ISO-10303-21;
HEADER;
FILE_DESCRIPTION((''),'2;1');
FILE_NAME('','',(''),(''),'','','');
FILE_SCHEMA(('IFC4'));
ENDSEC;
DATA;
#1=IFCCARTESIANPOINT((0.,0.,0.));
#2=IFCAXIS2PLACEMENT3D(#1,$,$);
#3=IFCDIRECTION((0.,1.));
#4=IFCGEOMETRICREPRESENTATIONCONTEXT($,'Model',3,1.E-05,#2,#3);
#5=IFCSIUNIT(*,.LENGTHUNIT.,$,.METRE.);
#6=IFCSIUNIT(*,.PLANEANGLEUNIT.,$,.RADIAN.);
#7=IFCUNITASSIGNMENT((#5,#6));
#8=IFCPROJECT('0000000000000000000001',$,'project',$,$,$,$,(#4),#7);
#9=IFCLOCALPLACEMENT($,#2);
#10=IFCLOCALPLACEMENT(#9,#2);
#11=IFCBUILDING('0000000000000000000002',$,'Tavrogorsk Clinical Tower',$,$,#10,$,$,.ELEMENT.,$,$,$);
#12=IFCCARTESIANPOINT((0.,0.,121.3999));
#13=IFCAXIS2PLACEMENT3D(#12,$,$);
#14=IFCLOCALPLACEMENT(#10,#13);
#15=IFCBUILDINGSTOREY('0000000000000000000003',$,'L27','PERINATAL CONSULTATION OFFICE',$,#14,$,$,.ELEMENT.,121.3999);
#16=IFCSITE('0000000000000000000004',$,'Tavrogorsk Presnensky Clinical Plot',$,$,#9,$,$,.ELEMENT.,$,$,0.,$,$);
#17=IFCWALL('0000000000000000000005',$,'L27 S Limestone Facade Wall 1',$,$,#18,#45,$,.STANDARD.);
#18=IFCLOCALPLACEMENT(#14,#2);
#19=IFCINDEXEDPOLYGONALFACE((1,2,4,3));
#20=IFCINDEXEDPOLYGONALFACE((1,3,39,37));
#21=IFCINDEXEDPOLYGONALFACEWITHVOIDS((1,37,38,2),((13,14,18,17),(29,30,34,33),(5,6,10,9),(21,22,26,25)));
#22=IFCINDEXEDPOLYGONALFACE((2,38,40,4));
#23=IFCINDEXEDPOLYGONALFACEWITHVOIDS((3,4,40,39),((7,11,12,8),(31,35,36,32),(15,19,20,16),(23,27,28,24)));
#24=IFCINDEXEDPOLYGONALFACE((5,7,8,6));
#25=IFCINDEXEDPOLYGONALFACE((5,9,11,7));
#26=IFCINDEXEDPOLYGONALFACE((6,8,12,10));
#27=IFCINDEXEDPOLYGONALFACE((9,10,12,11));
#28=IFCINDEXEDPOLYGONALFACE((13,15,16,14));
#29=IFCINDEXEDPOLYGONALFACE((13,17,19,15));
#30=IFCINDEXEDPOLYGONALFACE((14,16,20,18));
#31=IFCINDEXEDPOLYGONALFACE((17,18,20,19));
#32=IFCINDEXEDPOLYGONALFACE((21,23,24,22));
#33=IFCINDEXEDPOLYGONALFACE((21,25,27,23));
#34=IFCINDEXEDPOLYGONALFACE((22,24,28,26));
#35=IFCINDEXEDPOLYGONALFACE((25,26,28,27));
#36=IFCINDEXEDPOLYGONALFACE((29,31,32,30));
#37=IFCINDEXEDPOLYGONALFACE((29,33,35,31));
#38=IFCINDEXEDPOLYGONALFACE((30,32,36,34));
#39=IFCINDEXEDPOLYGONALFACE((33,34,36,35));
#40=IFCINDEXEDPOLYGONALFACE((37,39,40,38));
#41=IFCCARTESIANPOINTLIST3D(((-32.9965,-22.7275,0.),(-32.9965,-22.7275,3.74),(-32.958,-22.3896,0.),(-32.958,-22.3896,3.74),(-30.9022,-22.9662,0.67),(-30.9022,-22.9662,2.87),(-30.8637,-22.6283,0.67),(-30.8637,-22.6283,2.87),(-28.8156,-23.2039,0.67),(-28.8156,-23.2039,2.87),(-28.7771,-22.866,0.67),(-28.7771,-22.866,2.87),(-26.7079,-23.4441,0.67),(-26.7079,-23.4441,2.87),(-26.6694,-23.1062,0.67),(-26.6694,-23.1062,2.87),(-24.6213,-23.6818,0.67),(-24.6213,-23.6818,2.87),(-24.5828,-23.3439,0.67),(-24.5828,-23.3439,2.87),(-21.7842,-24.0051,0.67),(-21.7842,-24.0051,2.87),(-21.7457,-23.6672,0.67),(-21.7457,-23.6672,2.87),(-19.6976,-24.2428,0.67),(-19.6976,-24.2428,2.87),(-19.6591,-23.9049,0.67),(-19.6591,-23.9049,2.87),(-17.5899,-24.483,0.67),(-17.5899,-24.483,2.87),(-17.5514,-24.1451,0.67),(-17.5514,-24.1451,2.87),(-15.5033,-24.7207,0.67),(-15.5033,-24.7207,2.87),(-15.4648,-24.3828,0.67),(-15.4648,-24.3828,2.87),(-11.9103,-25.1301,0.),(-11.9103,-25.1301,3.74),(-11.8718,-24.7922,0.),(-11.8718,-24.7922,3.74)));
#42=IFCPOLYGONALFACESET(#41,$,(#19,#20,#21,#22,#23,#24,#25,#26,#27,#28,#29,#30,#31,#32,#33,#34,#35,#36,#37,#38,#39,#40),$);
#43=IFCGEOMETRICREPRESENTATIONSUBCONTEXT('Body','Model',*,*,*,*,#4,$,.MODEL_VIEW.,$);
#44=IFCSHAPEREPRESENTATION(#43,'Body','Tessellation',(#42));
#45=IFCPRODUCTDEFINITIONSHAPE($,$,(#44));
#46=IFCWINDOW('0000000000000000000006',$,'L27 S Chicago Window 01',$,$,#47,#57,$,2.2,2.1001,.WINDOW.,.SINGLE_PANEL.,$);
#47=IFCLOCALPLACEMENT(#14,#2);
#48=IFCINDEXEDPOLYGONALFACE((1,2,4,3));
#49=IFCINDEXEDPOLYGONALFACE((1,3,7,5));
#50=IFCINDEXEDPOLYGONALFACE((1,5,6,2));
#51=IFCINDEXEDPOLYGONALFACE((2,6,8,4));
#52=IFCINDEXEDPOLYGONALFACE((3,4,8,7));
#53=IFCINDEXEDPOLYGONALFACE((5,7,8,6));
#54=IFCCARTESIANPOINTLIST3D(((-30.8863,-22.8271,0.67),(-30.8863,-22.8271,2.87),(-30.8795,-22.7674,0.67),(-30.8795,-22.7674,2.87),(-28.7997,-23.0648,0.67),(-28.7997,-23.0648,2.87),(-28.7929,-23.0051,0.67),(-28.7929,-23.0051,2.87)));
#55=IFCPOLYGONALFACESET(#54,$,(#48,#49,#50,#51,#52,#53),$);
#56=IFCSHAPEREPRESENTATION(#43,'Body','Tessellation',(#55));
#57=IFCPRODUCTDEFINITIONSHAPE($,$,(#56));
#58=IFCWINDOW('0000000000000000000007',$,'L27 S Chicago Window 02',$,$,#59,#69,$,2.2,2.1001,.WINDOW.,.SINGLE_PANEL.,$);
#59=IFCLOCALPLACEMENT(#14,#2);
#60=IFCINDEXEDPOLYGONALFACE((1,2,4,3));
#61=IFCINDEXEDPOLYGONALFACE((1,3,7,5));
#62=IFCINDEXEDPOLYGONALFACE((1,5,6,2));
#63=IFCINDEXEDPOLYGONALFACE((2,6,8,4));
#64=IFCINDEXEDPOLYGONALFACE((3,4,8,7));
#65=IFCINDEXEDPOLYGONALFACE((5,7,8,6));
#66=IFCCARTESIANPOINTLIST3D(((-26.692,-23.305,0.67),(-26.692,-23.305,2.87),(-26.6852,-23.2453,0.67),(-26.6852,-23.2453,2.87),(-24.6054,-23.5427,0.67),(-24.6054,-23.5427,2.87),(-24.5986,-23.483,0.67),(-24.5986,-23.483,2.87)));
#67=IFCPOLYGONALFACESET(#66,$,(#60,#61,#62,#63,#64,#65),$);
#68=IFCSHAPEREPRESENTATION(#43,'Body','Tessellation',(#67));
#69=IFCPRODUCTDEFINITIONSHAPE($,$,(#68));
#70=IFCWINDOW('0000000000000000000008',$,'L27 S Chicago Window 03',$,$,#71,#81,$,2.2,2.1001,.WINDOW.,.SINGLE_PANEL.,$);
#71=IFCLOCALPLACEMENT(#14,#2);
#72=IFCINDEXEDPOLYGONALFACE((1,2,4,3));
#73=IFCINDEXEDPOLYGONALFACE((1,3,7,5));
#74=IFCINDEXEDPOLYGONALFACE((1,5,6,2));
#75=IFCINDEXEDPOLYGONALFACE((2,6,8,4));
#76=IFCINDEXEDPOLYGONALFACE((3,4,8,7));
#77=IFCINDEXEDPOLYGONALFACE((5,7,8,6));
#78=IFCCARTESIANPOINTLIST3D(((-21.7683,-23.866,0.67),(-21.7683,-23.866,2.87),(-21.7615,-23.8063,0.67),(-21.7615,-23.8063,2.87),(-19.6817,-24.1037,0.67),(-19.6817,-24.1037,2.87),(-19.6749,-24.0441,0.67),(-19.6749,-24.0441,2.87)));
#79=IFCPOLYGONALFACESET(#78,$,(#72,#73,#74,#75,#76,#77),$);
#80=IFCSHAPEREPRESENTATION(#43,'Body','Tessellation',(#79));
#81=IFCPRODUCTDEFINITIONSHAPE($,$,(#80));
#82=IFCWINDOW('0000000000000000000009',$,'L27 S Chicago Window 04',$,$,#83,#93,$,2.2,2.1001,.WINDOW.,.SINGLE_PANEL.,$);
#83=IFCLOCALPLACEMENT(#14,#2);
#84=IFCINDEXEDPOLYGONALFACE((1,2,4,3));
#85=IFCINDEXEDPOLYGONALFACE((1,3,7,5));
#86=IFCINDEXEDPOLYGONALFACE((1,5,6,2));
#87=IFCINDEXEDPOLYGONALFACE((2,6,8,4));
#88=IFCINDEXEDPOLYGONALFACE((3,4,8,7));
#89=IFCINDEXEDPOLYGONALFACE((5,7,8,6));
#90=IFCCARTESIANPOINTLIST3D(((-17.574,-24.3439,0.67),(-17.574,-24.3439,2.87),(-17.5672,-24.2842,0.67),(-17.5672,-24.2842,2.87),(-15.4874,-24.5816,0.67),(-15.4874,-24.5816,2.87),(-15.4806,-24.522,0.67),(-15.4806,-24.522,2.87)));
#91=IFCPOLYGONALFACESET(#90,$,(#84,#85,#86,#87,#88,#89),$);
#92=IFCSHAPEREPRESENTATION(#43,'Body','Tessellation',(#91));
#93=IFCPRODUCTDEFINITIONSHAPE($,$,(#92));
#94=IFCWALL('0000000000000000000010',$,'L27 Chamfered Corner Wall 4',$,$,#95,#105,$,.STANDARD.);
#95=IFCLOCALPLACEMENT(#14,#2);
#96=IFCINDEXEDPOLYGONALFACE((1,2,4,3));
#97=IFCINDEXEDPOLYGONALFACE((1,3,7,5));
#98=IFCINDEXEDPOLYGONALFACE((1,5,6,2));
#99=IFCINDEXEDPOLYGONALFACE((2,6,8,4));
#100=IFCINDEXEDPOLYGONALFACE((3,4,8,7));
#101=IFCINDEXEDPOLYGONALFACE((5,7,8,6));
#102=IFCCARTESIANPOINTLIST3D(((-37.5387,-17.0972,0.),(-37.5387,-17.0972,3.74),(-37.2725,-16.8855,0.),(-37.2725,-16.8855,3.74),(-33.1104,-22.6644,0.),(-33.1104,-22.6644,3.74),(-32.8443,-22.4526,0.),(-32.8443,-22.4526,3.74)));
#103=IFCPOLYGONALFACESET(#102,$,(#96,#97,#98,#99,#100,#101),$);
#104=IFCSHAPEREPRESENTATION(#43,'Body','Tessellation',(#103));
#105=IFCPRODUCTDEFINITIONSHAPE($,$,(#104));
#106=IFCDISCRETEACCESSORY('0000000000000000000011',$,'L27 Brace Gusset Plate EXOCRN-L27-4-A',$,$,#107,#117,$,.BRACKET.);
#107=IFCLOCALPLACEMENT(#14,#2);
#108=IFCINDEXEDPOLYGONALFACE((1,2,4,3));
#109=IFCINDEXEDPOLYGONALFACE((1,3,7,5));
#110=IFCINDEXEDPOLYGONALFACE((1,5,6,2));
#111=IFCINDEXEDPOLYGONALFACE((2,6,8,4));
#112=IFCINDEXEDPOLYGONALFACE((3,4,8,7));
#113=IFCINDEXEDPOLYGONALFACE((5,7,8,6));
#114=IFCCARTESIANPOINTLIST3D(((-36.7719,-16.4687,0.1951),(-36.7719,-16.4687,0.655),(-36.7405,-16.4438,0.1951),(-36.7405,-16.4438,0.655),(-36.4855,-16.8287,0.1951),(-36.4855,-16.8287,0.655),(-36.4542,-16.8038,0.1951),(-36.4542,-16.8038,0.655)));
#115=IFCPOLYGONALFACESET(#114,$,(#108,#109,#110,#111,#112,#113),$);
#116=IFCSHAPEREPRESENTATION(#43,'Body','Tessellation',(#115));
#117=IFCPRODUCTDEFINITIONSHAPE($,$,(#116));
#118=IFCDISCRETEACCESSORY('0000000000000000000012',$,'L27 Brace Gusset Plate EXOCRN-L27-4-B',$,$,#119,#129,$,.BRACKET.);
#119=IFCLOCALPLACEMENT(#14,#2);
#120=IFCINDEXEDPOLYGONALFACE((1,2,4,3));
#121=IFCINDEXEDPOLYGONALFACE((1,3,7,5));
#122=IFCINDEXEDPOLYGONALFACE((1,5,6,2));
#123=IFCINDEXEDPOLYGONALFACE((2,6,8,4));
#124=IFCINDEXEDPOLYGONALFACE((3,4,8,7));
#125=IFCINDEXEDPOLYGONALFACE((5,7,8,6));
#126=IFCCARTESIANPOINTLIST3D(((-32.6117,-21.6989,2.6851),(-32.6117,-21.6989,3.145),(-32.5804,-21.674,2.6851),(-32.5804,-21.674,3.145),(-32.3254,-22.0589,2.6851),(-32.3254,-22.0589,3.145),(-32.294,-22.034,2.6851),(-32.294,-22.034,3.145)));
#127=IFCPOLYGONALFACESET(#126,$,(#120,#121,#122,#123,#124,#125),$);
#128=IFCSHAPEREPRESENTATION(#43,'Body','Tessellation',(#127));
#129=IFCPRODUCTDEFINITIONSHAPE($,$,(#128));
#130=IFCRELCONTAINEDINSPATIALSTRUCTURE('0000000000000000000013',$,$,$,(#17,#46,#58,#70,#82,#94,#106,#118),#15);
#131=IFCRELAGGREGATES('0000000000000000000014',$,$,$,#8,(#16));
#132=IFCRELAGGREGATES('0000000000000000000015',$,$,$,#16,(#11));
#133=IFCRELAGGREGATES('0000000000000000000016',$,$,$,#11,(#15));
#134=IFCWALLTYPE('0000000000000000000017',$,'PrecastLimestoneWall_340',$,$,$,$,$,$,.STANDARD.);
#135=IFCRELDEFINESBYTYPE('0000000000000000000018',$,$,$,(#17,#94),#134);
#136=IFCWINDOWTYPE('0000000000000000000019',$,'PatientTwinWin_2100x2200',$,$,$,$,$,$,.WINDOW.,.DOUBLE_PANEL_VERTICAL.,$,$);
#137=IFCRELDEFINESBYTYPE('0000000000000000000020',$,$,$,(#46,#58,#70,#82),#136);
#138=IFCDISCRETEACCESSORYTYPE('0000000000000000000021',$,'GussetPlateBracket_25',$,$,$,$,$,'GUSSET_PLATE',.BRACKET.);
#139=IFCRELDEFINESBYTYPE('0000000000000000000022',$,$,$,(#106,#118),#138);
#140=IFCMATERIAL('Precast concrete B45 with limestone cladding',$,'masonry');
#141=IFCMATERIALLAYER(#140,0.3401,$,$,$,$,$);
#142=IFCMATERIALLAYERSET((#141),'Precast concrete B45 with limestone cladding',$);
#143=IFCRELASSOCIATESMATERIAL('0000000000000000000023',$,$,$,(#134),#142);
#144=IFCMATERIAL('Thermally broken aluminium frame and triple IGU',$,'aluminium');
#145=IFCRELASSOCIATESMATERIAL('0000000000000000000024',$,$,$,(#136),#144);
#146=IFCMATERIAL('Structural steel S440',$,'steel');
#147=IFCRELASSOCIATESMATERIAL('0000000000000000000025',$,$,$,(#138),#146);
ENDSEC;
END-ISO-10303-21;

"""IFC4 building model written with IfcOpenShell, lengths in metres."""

from ifc_helpers import new_model, si_unit, direction, frame, frame_2d, origin, origin_2d, place, context, subcontext, project, spatial, rectangle, extrude, material, layer, layer_set, type_object, element, fill, save


model = new_model("IFC4")

# Units and contexts
model_context = context("Model", 3, precision=1e-05, world=origin(), true_north=direction((0.0, 1.0)))
body_context = subcontext(model_context, "Body", "Model", "MODEL_VIEW")
ifc_project = project(units=[si_unit("LENGTHUNIT", "METRE"), si_unit("PLANEANGLEUNIT", "RADIAN")], contexts=[model_context])

# Site, building, storey
site_placement = place(None, origin())
site = spatial("IfcSite", under=ifc_project, at=site_placement, Name="Tavrogorsk Presnensky Clinical Plot", CompositionType="ELEMENT", RefElevation=0.0)
building_placement = place(site_placement, origin())
building = spatial("IfcBuilding", under=site, at=building_placement, Name="Tavrogorsk Clinical Tower", CompositionType="ELEMENT")
storey_placement = place(building_placement, frame((0.0, 0.0, 121.3999)))
storey = spatial("IfcBuildingStorey", under=building, at=storey_placement, Name="L27", Description="PERINATAL CONSULTATION OFFICE", CompositionType="ELEMENT", Elevation=121.3999)

# Wall, openings, windows
ifc_material_1 = material(Name="Precast concrete B45 with limestone cladding", Category="masonry")
ifc_layer_1 = layer(ifc_material_1, 0.3401)
ifc_layer_set_1 = layer_set([ifc_layer_1], Name="Precast concrete B45 with limestone cladding")
wall_type_1 = type_object("IfcWallType", Name="PrecastLimestoneWall_340", PredefinedType="STANDARD", material=ifc_layer_set_1)
wall_1_placement = place(storey_placement, frame((-32.9773, -22.5586, 0.0), z_axis=(0.0, 0.0, 1.0), x_axis=(0.993571, -0.113209, 0.0)))
wall_1 = element("IfcWall", 1, at=wall_1_placement, inside=storey, type_object=wall_type_1, Name="L27 S Limestone Facade Wall 1", PredefinedType="STANDARD", context=body_context, shape_type="SweptSolid", body=[
    extrude(rectangle(XDim=21.2227, YDim=0.3401, at=frame_2d((10.6113, 0.0))), origin(), (0.0, 0.0, 1.0), 3.74),
])
opening_1_placement = place(wall_1_placement, frame((2.1079, 0.0, 0.6699)))
opening_1 = element("IfcOpeningElement", 2, at=opening_1_placement, cuts=wall_1, PredefinedType="OPENING", context=body_context, shape_type="SweptSolid", body=[
    extrude(rectangle(XDim=2.1001, YDim=2.2, at=frame_2d((1.05, 1.1001))), frame((0.0, 0.1799, 0.0), z_axis=(0.0, -1.0, 0.0), x_axis=(1.0, 0.0, 0.0)), (0.0, 0.0, 1.0), 0.3601),
])
opening_2_placement = place(wall_1_placement, frame((6.3293, 0.0, 0.6699)))
opening_2 = element("IfcOpeningElement", 3, at=opening_2_placement, cuts=wall_1, PredefinedType="OPENING", context=body_context, shape_type="SweptSolid", body=[
    extrude(rectangle(XDim=2.1001, YDim=2.2, at=frame_2d((1.05, 1.1001))), frame((0.0, 0.1799, 0.0), z_axis=(0.0, -1.0, 0.0), x_axis=(1.0, 0.0, 0.0)), (0.0, 0.0, 1.0), 0.3601),
])
opening_3_placement = place(wall_1_placement, frame((11.2849, 0.0, 0.6699)))
opening_3 = element("IfcOpeningElement", 4, at=opening_3_placement, cuts=wall_1, PredefinedType="OPENING", context=body_context, shape_type="SweptSolid", body=[
    extrude(rectangle(XDim=2.1001, YDim=2.2, at=frame_2d((1.05, 1.1001))), frame((0.0, 0.1799, 0.0), z_axis=(0.0, -1.0, 0.0), x_axis=(1.0, 0.0, 0.0)), (0.0, 0.0, 1.0), 0.3601),
])
opening_4_placement = place(wall_1_placement, frame((15.5063, 0.0, 0.6699)))
opening_4 = element("IfcOpeningElement", 5, at=opening_4_placement, cuts=wall_1, PredefinedType="OPENING", context=body_context, shape_type="SweptSolid", body=[
    extrude(rectangle(XDim=2.1001, YDim=2.2, at=frame_2d((1.05, 1.1001))), frame((0.0, 0.1799, 0.0), z_axis=(0.0, -1.0, 0.0), x_axis=(1.0, 0.0, 0.0)), (0.0, 0.0, 1.0), 0.3601),
])
ifc_material_2 = material(Name="Thermally broken aluminium frame and triple IGU", Category="aluminium")
window_type = type_object("IfcWindowType", Name="PatientTwinWin_2100x2200", PartitioningType="DOUBLE_PANEL_VERTICAL", PredefinedType="WINDOW", material=ifc_material_2)
window_1_placement = place(opening_1_placement, origin())
window_1 = element("IfcWindow", 6, at=window_1_placement, inside=storey, type_object=window_type, Name="L27 S Chicago Window 01", OverallHeight=2.2, OverallWidth=2.1001, PartitioningType="SINGLE_PANEL", PredefinedType="WINDOW", context=body_context, shape_type="SweptSolid", body=[
    extrude(rectangle(XDim=2.1001, YDim=2.2, at=frame_2d((1.05, 1.1001))), frame((0.0, 0.03, 0.0), z_axis=(0.0, -1.0, 0.0), x_axis=(1.0, 0.0, 0.0)), (0.0, 0.0, 1.0), 0.0601),
])
fill(opening_1, window_1)
window_2_placement = place(opening_2_placement, origin())
window_2 = element("IfcWindow", 7, at=window_2_placement, inside=storey, type_object=window_type, Name="L27 S Chicago Window 02", OverallHeight=2.2, OverallWidth=2.1001, PartitioningType="SINGLE_PANEL", PredefinedType="WINDOW", context=body_context, shape_type="SweptSolid", body=[
    extrude(rectangle(XDim=2.1001, YDim=2.2, at=frame_2d((1.05, 1.1001))), frame((0.0, 0.03, 0.0), z_axis=(0.0, -1.0, 0.0), x_axis=(1.0, 0.0, 0.0)), (0.0, 0.0, 1.0), 0.0601),
])
fill(opening_2, window_2)
window_3_placement = place(opening_3_placement, origin())
window_3 = element("IfcWindow", 8, at=window_3_placement, inside=storey, type_object=window_type, Name="L27 S Chicago Window 03", OverallHeight=2.2, OverallWidth=2.1001, PartitioningType="SINGLE_PANEL", PredefinedType="WINDOW", context=body_context, shape_type="SweptSolid", body=[
    extrude(rectangle(XDim=2.1001, YDim=2.2, at=frame_2d((1.05, 1.1001))), frame((0.0, 0.03, 0.0), z_axis=(0.0, -1.0, 0.0), x_axis=(1.0, 0.0, 0.0)), (0.0, 0.0, 1.0), 0.0601),
])
fill(opening_3, window_3)
window_4_placement = place(opening_4_placement, origin())
window_4 = element("IfcWindow", 9, at=window_4_placement, inside=storey, type_object=window_type, Name="L27 S Chicago Window 04", OverallHeight=2.2, OverallWidth=2.1001, PartitioningType="SINGLE_PANEL", PredefinedType="WINDOW", context=body_context, shape_type="SweptSolid", body=[
    extrude(rectangle(XDim=2.1001, YDim=2.2, at=frame_2d((1.05, 1.1001))), frame((0.0, 0.03, 0.0), z_axis=(0.0, -1.0, 0.0), x_axis=(1.0, 0.0, 0.0)), (0.0, 0.0, 1.0), 0.0601),
])
fill(opening_4, window_4)

# Wall
wall_2_placement = place(storey_placement, frame((-37.4055, -16.9915, 0.0), z_axis=(0.0, 0.0, 1.0), x_axis=(0.622508, -0.782614, 0.0)))
element("IfcWall", 10, at=wall_2_placement, inside=storey, type_object=wall_type_1, Name="L27 Chamfered Corner Wall 4", PredefinedType="STANDARD", context=body_context, shape_type="SweptSolid", body=[
    extrude(rectangle(XDim=7.1135, YDim=0.3401, at=frame_2d((3.5566, 0.0))), origin(), (0.0, 0.0, 1.0), 3.74),
])

# Discrete accessories
ifc_material_3 = material(Name="Structural steel S440", Category="steel")
discrete_accessory_type = type_object("IfcDiscreteAccessoryType", Name="GussetPlateBracket_25", ElementType="GUSSET_PLATE", PredefinedType="BRACKET", material=ifc_material_3)
for number, where, z_axis, x_axis, name in (
    (11, (-36.613, -16.6362, 0.1951), (0.0, 0.0, 1.0), (0.622515, -0.782608, 0.0), "L27 Brace Gusset Plate EXOCRN-L27-4-A"),
    (12, (-32.4529, -21.8665, 2.6851), (0.0, 0.0, 1.0), (0.622515, -0.782608, 0.0), "L27 Brace Gusset Plate EXOCRN-L27-4-B"),
):
    element("IfcDiscreteAccessory", number, at=place(storey_placement, frame(where, z_axis=z_axis, x_axis=x_axis)), inside=storey, type_object=discrete_accessory_type, Name=name, PredefinedType="BRACKET", context=body_context, shape_type="SweptSolid", body=[
        extrude(rectangle(XDim=0.46, YDim=0.04, at=origin_2d()), origin(), (0.0, 0.0, 1.0), 0.46),
    ])

save(model, "model.ifc")
